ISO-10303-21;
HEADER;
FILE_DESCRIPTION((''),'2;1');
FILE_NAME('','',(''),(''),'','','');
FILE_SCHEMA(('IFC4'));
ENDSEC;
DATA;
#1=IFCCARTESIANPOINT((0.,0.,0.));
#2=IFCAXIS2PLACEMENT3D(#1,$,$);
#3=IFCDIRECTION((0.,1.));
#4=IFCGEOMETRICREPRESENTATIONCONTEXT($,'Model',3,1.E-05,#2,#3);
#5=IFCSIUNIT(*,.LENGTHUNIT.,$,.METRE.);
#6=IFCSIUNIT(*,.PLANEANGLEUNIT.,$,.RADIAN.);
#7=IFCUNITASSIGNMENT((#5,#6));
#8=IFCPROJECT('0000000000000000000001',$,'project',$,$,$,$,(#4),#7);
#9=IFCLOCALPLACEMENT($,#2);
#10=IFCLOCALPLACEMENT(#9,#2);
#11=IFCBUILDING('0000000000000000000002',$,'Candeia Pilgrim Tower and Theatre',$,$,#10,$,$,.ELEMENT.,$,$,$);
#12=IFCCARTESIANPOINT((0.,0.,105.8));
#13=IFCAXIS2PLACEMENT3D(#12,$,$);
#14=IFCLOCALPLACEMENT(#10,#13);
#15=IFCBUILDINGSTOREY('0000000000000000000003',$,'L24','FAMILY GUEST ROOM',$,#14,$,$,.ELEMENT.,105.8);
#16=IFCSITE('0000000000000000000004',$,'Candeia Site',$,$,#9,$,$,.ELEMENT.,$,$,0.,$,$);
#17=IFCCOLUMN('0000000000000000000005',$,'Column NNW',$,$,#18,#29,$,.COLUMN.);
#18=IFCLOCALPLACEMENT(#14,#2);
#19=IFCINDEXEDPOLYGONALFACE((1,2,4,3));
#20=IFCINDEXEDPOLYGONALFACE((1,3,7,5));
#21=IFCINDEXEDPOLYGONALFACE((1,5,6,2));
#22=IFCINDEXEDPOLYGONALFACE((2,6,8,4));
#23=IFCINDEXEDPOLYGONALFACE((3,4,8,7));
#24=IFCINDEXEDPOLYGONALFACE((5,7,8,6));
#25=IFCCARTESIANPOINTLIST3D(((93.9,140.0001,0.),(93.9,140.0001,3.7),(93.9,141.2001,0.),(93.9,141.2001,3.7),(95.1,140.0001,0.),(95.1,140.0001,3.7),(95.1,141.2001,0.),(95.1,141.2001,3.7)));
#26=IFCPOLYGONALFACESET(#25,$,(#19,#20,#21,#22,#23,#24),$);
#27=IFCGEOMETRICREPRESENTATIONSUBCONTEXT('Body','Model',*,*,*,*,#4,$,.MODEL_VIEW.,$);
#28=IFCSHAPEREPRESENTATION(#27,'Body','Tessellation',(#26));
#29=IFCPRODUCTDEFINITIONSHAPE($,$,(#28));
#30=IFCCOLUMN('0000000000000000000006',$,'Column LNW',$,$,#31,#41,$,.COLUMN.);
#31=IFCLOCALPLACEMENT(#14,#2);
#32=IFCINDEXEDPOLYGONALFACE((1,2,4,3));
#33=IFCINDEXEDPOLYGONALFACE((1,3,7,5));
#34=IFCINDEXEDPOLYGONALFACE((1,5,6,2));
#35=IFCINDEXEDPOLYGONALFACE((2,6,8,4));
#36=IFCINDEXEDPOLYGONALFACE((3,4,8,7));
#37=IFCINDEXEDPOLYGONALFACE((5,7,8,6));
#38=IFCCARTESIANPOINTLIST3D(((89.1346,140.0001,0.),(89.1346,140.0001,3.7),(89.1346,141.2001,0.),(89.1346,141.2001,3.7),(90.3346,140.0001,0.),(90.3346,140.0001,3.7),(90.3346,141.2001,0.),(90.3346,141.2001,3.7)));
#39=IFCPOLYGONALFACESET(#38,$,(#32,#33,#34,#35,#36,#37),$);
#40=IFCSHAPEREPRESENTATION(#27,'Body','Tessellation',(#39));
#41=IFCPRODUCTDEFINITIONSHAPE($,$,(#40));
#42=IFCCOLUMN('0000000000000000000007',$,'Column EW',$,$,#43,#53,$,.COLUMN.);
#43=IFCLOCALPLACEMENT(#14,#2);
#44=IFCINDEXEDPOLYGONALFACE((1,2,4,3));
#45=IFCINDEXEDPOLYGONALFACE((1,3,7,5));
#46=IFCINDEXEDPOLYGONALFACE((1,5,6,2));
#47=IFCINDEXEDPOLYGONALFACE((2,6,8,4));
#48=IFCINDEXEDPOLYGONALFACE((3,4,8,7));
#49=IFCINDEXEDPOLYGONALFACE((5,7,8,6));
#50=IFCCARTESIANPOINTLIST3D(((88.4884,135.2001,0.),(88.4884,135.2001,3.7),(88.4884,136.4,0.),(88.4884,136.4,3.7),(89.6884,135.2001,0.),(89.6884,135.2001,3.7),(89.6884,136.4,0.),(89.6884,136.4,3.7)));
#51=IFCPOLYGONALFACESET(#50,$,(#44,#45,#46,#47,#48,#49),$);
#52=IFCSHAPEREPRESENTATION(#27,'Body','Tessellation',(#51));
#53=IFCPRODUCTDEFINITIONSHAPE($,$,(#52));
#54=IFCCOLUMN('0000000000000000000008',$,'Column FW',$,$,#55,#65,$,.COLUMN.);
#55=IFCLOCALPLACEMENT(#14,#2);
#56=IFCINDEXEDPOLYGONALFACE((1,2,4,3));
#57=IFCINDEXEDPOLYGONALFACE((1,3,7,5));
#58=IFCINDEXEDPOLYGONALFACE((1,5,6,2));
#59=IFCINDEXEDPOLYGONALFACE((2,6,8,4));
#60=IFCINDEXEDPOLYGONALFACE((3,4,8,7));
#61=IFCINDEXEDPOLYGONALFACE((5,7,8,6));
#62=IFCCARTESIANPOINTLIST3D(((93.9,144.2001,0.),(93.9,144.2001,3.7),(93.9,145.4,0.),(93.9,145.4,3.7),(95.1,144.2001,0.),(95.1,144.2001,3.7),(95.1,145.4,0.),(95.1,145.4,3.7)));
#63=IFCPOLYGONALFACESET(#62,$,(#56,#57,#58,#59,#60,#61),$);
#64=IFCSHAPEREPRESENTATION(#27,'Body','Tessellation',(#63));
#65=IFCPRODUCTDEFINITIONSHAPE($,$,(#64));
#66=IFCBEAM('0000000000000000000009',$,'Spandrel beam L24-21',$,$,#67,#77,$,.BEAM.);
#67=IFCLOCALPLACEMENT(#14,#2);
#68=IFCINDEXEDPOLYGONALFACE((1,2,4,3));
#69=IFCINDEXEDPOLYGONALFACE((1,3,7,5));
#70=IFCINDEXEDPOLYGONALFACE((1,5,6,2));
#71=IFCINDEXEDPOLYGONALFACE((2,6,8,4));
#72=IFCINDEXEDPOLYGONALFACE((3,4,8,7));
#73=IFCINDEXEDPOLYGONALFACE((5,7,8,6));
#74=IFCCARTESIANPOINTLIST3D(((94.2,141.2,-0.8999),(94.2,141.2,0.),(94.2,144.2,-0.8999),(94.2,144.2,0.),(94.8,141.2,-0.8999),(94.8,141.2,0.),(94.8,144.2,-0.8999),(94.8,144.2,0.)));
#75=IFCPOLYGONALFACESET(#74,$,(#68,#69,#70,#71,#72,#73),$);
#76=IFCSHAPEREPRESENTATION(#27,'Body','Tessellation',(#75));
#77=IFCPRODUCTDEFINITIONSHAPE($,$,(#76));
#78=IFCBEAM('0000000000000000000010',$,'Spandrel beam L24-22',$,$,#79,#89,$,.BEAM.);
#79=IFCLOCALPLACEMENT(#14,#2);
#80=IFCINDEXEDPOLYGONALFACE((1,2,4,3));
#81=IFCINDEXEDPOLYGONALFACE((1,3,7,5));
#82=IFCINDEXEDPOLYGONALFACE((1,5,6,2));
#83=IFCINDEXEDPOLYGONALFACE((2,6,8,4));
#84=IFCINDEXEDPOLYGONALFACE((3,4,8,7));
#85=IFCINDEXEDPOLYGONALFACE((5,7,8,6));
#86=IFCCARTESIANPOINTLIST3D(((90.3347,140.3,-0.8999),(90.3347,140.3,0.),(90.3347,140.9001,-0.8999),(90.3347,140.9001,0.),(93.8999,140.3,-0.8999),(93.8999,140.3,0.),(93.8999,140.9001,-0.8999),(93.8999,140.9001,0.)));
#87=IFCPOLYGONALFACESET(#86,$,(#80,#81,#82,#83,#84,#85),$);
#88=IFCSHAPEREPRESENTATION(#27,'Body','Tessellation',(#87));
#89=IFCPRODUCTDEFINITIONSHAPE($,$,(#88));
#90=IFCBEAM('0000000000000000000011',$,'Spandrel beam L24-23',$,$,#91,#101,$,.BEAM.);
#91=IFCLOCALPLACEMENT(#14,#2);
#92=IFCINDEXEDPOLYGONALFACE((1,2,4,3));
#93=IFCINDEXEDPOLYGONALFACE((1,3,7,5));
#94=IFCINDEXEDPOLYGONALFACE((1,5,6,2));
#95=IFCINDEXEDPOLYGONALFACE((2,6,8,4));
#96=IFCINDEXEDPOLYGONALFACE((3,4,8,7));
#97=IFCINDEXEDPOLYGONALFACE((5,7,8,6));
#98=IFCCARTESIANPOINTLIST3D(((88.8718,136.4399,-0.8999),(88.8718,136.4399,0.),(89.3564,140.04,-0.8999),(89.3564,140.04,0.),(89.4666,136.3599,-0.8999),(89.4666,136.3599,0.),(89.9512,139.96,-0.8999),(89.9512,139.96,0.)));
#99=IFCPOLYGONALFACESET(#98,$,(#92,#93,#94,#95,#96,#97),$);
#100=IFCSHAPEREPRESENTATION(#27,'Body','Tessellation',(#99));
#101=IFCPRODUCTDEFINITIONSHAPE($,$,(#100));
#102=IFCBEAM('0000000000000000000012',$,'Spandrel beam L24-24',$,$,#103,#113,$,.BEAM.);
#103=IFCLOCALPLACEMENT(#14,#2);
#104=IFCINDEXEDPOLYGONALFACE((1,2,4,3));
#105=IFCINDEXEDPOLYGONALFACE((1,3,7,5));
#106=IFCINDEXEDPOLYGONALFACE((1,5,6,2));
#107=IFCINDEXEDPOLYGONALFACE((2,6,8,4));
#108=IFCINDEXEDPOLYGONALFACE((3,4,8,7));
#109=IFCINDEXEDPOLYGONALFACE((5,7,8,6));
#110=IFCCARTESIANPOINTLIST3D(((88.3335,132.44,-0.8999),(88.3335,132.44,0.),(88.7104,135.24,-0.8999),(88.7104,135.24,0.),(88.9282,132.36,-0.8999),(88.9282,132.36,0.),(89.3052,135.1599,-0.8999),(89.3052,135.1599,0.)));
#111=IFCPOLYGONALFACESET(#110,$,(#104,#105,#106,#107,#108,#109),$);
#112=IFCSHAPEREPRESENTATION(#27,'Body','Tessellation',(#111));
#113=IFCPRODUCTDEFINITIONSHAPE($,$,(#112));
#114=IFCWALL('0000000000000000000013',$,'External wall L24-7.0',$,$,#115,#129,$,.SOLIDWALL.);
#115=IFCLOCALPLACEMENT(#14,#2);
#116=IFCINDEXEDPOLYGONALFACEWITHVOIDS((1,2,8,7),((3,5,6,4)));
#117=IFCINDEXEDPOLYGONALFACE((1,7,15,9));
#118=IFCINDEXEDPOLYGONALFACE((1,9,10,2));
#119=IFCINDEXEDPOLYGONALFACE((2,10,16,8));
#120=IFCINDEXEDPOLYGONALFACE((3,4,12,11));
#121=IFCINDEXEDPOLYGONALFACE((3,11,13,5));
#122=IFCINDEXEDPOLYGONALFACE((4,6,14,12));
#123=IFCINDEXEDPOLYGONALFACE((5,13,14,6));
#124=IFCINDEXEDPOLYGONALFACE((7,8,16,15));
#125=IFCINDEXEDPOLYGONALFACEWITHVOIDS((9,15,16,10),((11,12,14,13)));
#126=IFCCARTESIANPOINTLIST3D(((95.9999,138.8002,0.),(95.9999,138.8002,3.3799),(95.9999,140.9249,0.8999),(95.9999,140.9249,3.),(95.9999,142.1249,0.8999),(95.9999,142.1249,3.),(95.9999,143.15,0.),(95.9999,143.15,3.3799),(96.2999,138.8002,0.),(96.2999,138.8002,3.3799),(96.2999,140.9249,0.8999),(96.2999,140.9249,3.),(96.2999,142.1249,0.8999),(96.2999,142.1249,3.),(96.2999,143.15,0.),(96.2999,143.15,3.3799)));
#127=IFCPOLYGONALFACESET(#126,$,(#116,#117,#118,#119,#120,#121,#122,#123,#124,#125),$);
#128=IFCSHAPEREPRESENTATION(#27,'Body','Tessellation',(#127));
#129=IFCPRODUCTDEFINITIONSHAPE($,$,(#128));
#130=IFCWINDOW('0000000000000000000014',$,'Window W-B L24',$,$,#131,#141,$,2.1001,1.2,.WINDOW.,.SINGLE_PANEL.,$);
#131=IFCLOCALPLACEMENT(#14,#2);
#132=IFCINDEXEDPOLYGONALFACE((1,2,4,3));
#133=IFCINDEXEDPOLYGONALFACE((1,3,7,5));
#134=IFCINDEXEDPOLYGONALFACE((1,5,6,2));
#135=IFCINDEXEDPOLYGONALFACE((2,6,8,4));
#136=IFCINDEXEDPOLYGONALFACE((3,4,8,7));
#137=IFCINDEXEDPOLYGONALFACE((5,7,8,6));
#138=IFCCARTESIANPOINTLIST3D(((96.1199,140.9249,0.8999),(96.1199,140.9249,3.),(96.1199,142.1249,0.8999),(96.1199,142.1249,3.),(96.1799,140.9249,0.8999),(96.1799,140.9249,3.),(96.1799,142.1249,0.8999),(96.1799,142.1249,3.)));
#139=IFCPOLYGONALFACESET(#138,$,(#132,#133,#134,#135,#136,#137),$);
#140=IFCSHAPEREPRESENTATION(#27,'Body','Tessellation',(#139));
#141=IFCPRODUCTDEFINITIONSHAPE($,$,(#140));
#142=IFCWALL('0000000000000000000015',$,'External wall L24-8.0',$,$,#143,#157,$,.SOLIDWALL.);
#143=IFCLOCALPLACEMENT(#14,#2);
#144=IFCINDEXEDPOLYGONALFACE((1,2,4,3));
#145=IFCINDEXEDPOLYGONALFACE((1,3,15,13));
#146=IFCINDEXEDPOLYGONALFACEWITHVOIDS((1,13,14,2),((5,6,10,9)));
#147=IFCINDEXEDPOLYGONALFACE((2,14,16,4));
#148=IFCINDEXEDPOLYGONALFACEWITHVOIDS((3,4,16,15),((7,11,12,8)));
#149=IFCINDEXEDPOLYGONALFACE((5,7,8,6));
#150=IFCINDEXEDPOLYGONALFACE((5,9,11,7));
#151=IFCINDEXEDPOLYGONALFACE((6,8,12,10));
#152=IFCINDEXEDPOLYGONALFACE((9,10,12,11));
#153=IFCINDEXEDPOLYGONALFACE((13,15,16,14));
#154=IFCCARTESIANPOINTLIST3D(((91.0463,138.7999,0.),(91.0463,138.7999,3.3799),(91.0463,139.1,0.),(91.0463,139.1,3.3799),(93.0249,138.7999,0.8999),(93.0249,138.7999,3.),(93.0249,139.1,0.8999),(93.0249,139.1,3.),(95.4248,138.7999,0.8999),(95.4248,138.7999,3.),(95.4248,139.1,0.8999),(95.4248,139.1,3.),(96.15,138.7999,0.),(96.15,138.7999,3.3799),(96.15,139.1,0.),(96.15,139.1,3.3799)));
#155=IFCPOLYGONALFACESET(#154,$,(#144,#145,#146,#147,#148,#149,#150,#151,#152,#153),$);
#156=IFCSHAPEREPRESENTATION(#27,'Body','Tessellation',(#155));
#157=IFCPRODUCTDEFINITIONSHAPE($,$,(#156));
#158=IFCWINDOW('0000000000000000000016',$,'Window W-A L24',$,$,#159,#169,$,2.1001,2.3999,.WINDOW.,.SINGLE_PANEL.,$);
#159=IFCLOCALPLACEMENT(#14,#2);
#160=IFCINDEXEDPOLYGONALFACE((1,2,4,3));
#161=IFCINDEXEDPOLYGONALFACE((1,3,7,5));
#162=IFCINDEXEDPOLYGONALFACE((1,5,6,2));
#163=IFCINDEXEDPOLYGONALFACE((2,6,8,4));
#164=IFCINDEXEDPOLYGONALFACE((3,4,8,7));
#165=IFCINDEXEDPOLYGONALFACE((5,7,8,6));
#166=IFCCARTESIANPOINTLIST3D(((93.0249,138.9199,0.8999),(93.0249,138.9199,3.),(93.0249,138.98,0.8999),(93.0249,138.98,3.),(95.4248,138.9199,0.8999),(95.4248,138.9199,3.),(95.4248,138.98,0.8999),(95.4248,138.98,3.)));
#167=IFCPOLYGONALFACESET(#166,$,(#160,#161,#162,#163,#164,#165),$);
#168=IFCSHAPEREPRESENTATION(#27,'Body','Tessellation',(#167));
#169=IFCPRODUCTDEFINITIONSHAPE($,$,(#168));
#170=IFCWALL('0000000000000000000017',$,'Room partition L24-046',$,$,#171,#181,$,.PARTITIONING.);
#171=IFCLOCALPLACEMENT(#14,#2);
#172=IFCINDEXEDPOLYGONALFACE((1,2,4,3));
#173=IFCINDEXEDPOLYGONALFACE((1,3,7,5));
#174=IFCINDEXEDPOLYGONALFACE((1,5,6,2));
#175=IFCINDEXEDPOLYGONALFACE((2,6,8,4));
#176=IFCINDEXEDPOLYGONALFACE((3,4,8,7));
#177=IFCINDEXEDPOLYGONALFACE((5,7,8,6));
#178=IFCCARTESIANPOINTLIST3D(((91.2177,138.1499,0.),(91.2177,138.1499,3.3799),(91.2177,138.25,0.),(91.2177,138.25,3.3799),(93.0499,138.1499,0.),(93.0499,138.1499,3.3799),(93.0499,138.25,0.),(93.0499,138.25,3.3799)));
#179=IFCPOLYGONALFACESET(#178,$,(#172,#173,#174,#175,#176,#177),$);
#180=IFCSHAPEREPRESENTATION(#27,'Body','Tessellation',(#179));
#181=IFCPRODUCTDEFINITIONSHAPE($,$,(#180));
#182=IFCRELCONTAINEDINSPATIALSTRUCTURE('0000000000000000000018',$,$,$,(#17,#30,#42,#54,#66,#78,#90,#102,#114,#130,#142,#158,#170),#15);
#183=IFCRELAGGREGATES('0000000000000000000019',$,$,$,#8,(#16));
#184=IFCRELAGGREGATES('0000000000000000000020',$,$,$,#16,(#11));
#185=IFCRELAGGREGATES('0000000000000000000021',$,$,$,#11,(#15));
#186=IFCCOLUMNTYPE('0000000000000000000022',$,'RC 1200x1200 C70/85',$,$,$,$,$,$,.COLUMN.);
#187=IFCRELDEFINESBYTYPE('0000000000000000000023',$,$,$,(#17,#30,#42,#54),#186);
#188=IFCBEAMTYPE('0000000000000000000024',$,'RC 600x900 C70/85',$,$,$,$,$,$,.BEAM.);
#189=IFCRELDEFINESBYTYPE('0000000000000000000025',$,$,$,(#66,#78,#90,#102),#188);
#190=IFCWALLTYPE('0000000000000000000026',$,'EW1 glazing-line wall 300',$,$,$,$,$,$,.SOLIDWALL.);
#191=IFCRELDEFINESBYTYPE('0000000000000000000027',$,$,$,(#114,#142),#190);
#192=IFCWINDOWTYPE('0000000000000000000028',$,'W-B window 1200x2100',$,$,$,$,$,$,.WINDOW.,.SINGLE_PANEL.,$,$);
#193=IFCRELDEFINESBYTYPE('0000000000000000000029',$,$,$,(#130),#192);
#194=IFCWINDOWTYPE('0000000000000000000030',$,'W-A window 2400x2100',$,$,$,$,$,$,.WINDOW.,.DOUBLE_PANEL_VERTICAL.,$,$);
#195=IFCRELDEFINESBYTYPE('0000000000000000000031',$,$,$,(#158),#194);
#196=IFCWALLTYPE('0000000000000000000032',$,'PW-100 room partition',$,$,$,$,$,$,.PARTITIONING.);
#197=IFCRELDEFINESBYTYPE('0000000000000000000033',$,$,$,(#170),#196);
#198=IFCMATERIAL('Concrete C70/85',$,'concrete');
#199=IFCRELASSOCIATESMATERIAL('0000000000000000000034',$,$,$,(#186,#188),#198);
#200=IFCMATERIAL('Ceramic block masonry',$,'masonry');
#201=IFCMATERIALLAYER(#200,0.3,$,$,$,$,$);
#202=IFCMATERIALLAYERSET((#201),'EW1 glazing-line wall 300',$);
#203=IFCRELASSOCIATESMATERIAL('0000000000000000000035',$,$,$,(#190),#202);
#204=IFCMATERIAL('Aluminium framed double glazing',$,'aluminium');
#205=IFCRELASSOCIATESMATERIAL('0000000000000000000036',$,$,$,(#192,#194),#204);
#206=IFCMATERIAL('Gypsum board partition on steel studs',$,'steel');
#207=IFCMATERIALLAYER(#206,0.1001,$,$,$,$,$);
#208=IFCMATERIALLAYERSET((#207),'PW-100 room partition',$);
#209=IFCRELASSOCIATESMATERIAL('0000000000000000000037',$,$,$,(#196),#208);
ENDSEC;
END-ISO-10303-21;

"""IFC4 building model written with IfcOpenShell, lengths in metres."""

from ifc_helpers import new_model, si_unit, direction, frame, frame_2d, origin, origin_2d, place, context, subcontext, project, spatial, rectangle, extrude, material, layer, layer_set, material_profile, profile_set, type_object, element, fill, save


model = new_model("IFC4")

# Units and contexts
model_context = context("Model", 3, precision=1e-05, world=origin(), true_north=direction((0.0, 1.0)))
body_context = subcontext(model_context, "Body", "Model", "MODEL_VIEW")
ifc_project = project(units=[si_unit("LENGTHUNIT", "METRE"), si_unit("PLANEANGLEUNIT", "RADIAN")], contexts=[model_context])

# Site, building, storey
site_placement = place(None, origin())
site = spatial("IfcSite", under=ifc_project, at=site_placement, Name="Candeia Site", CompositionType="ELEMENT", RefElevation=0.0)
building_placement = place(site_placement, origin())
building = spatial("IfcBuilding", under=site, at=building_placement, Name="Candeia Pilgrim Tower and Theatre", CompositionType="ELEMENT")
storey_placement = place(building_placement, frame((0.0, 0.0, 105.8)))
storey = spatial("IfcBuildingStorey", under=building, at=storey_placement, Name="L24", Description="FAMILY GUEST ROOM", CompositionType="ELEMENT", Elevation=105.8)

# Columns
ifc_material_1 = material(Name="Concrete C70/85", Category="concrete")
ifc_material_profile_1 = material_profile(ifc_material_1, rectangle(XDim=1.2, YDim=1.2, at=origin_2d()))
ifc_profile_set_1 = profile_set([ifc_material_profile_1], Name="Concrete C70/85")
column_type = type_object("IfcColumnType", Name="RC 1200x1200 C70/85", PredefinedType="COLUMN", material=ifc_profile_set_1)
for number, where, z_axis, x_axis, name in (
    (1, (94.5, 140.6001, 0.0), (0.0, 0.0, 1.0), (1.0, 0.0, 0.0), "Column NNW"),
    (2, (89.7346, 140.6001, 0.0), (0.0, 0.0, 1.0), (1.0, 0.0, 0.0), "Column LNW"),
    (3, (89.0884, 135.8, 0.0), (0.0, 0.0, 1.0), (1.0, 0.0, 0.0), "Column EW"),
    (4, (94.5, 144.8, 0.0), (0.0, 0.0, 1.0), (1.0, 0.0, 0.0), "Column FW"),
):
    element("IfcColumn", number, at=place(storey_placement, frame(where, z_axis=z_axis, x_axis=x_axis)), inside=storey, type_object=column_type, Name=name, PredefinedType="COLUMN", context=body_context, shape_type="SweptSolid", body=[
        extrude(rectangle(XDim=1.2, YDim=1.2, at=origin_2d()), origin(), (0.0, 0.0, 1.0), 3.7),
    ])

# Beams
ifc_material_profile_2 = material_profile(ifc_material_1, rectangle(XDim=0.6001, YDim=0.8999, at=origin_2d()))
ifc_profile_set_2 = profile_set([ifc_material_profile_2], Name="Concrete C70/85")
beam_type = type_object("IfcBeamType", Name="RC 600x900 C70/85", PredefinedType="BEAM", material=ifc_profile_set_2)
beam_1_placement = place(storey_placement, frame((94.5, 144.2, -0.45), z_axis=(0.0, -1.0, 0.0), x_axis=(1.0, 0.0, 0.0)))
element("IfcBeam", 5, at=beam_1_placement, inside=storey, type_object=beam_type, Name="Spandrel beam L24-21", PredefinedType="BEAM", context=body_context, shape_type="SweptSolid", body=[
    extrude(rectangle(XDim=0.6001, YDim=0.8999, at=origin_2d()), origin(), (0.0, 0.0, 1.0), 3.0),
])
beam_2_placement = place(storey_placement, frame((93.8999, 140.6001, -0.45), z_axis=(-1.0, 0.0, 0.0), x_axis=(0.0, -1.0, 0.0)))
element("IfcBeam", 6, at=beam_2_placement, inside=storey, type_object=beam_type, Name="Spandrel beam L24-22", PredefinedType="BEAM", context=body_context, shape_type="SweptSolid", body=[
    extrude(rectangle(XDim=0.6001, YDim=0.8999, at=origin_2d()), origin(), (0.0, 0.0, 1.0), 3.5652),
])
beam_3_placement = place(storey_placement, frame((89.6538, 140.0, -0.45), z_axis=(-0.133409, -0.991061, 0.0), x_axis=(0.991061, -0.133409, 0.0)))
element("IfcBeam", 7, at=beam_3_placement, inside=storey, type_object=beam_type, Name="Spandrel beam L24-23", PredefinedType="BEAM", context=body_context, shape_type="SweptSolid", body=[
    extrude(rectangle(XDim=0.6001, YDim=0.8999, at=origin_2d()), origin(), (0.0, 0.0, 1.0), 3.6326),
])
beam_4_placement = place(storey_placement, frame((89.0078, 135.2, -0.45), z_axis=(-0.13342, -0.99106, 0.0), x_axis=(0.99106, -0.13342, 0.0)))
element("IfcBeam", 8, at=beam_4_placement, inside=storey, type_object=beam_type, Name="Spandrel beam L24-24", PredefinedType="BEAM", context=body_context, shape_type="SweptSolid", body=[
    extrude(rectangle(XDim=0.6001, YDim=0.8999, at=origin_2d()), origin(), (0.0, 0.0, 1.0), 2.8252),
])

# Walls, openings, windows
ifc_material_2 = material(Name="Ceramic block masonry", Category="masonry")
ifc_layer_1 = layer(ifc_material_2, 0.3)
ifc_layer_set_1 = layer_set([ifc_layer_1], Name="EW1 glazing-line wall 300")
wall_type_1 = type_object("IfcWallType", Name="EW1 glazing-line wall 300", PredefinedType="SOLIDWALL", material=ifc_layer_set_1)
wall_1_placement = place(storey_placement, frame((96.1499, 143.1499, 0.0), z_axis=(0.0, 0.0, 1.0), x_axis=(0.0, -1.0, 0.0)))
wall_1 = element("IfcWall", 9, at=wall_1_placement, inside=storey, type_object=wall_type_1, Name="External wall L24-7.0", PredefinedType="SOLIDWALL", context=body_context, shape_type="SweptSolid", body=[
    extrude(rectangle(XDim=4.3499, YDim=0.3, at=frame_2d((2.1748, 0.0))), origin(), (0.0, 0.0, 1.0), 3.3799),
])
opening_1_placement = place(wall_1_placement, frame((1.0249, 0.0, 0.8999)))
opening_1 = element("IfcOpeningElement", 10, at=opening_1_placement, cuts=wall_1, PredefinedType="OPENING", context=body_context, shape_type="SweptSolid", body=[
    extrude(rectangle(XDim=1.2, YDim=2.1001, at=frame_2d((0.6001, 1.05))), frame((0.0, 0.1602, 0.0), z_axis=(0.0, -1.0, 0.0), x_axis=(1.0, 0.0, 0.0)), (0.0, 0.0, 1.0), 0.3201),
])
ifc_material_3 = material(Name="Aluminium framed double glazing", Category="aluminium")
window_type_1 = type_object("IfcWindowType", Name="W-B window 1200x2100", PartitioningType="SINGLE_PANEL", PredefinedType="WINDOW", material=ifc_material_3)
window_1_placement = place(opening_1_placement, origin())
window_1 = element("IfcWindow", 11, at=window_1_placement, inside=storey, type_object=window_type_1, Name="Window W-B L24", OverallHeight=2.1001, OverallWidth=1.2, PartitioningType="SINGLE_PANEL", PredefinedType="WINDOW", context=body_context, shape_type="SweptSolid", body=[
    extrude(rectangle(XDim=1.2, YDim=2.1001, at=frame_2d((0.6001, 1.05))), frame((0.0, 0.03, 0.0), z_axis=(0.0, -1.0, 0.0), x_axis=(1.0, 0.0, 0.0)), (0.0, 0.0, 1.0), 0.0601),
])
fill(opening_1, window_1)
wall_2_placement = place(storey_placement, frame((96.1499, 138.95, 0.0), z_axis=(0.0, 0.0, 1.0), x_axis=(-1.0, 0.0, 0.0)))
wall_2 = element("IfcWall", 12, at=wall_2_placement, inside=storey, type_object=wall_type_1, Name="External wall L24-8.0", PredefinedType="SOLIDWALL", context=body_context, shape_type="SweptSolid", body=[
    extrude(rectangle(XDim=5.1038, YDim=0.3, at=frame_2d((2.5518, 0.0))), origin(), (0.0, 0.0, 1.0), 3.3799),
])
opening_2_placement = place(wall_2_placement, frame((0.7251, 0.0, 0.8999)))
opening_2 = element("IfcOpeningElement", 13, at=opening_2_placement, cuts=wall_2, PredefinedType="OPENING", context=body_context, shape_type="SweptSolid", body=[
    extrude(rectangle(XDim=2.3999, YDim=2.1001, at=frame_2d((1.2, 1.05))), frame((0.0, 0.1602, 0.0), z_axis=(0.0, -1.0, 0.0), x_axis=(1.0, 0.0, 0.0)), (0.0, 0.0, 1.0), 0.3201),
])
window_type_2 = type_object("IfcWindowType", Name="W-A window 2400x2100", PartitioningType="DOUBLE_PANEL_VERTICAL", PredefinedType="WINDOW", material=ifc_material_3)
window_2_placement = place(opening_2_placement, origin())
window_2 = element("IfcWindow", 14, at=window_2_placement, inside=storey, type_object=window_type_2, Name="Window W-A L24", OverallHeight=2.1001, OverallWidth=2.3999, PartitioningType="SINGLE_PANEL", PredefinedType="WINDOW", context=body_context, shape_type="SweptSolid", body=[
    extrude(rectangle(XDim=2.3999, YDim=2.1001, at=frame_2d((1.2, 1.05))), frame((0.0, 0.03, 0.0), z_axis=(0.0, -1.0, 0.0), x_axis=(1.0, 0.0, 0.0)), (0.0, 0.0, 1.0), 0.0601),
])
fill(opening_2, window_2)

# Wall
ifc_material_4 = material(Name="Gypsum board partition on steel studs", Category="steel")
ifc_layer_2 = layer(ifc_material_4, 0.1001)
ifc_layer_set_2 = layer_set([ifc_layer_2], Name="PW-100 room partition")
wall_type_2 = type_object("IfcWallType", Name="PW-100 room partition", PredefinedType="PARTITIONING", material=ifc_layer_set_2)
wall_3_placement = place(storey_placement, frame((91.2178, 138.2, 0.0), z_axis=(0.0, 0.0, 1.0), x_axis=(1.0, 0.0, 0.0)))
element("IfcWall", 15, at=wall_3_placement, inside=storey, type_object=wall_type_2, Name="Room partition L24-046", PredefinedType="PARTITIONING", context=body_context, shape_type="SweptSolid", body=[
    extrude(rectangle(XDim=1.8323, YDim=0.1001, at=frame_2d((0.916, 0.0))), origin(), (0.0, 0.0, 1.0), 3.3799),
])

save(model, "model.ifc")
